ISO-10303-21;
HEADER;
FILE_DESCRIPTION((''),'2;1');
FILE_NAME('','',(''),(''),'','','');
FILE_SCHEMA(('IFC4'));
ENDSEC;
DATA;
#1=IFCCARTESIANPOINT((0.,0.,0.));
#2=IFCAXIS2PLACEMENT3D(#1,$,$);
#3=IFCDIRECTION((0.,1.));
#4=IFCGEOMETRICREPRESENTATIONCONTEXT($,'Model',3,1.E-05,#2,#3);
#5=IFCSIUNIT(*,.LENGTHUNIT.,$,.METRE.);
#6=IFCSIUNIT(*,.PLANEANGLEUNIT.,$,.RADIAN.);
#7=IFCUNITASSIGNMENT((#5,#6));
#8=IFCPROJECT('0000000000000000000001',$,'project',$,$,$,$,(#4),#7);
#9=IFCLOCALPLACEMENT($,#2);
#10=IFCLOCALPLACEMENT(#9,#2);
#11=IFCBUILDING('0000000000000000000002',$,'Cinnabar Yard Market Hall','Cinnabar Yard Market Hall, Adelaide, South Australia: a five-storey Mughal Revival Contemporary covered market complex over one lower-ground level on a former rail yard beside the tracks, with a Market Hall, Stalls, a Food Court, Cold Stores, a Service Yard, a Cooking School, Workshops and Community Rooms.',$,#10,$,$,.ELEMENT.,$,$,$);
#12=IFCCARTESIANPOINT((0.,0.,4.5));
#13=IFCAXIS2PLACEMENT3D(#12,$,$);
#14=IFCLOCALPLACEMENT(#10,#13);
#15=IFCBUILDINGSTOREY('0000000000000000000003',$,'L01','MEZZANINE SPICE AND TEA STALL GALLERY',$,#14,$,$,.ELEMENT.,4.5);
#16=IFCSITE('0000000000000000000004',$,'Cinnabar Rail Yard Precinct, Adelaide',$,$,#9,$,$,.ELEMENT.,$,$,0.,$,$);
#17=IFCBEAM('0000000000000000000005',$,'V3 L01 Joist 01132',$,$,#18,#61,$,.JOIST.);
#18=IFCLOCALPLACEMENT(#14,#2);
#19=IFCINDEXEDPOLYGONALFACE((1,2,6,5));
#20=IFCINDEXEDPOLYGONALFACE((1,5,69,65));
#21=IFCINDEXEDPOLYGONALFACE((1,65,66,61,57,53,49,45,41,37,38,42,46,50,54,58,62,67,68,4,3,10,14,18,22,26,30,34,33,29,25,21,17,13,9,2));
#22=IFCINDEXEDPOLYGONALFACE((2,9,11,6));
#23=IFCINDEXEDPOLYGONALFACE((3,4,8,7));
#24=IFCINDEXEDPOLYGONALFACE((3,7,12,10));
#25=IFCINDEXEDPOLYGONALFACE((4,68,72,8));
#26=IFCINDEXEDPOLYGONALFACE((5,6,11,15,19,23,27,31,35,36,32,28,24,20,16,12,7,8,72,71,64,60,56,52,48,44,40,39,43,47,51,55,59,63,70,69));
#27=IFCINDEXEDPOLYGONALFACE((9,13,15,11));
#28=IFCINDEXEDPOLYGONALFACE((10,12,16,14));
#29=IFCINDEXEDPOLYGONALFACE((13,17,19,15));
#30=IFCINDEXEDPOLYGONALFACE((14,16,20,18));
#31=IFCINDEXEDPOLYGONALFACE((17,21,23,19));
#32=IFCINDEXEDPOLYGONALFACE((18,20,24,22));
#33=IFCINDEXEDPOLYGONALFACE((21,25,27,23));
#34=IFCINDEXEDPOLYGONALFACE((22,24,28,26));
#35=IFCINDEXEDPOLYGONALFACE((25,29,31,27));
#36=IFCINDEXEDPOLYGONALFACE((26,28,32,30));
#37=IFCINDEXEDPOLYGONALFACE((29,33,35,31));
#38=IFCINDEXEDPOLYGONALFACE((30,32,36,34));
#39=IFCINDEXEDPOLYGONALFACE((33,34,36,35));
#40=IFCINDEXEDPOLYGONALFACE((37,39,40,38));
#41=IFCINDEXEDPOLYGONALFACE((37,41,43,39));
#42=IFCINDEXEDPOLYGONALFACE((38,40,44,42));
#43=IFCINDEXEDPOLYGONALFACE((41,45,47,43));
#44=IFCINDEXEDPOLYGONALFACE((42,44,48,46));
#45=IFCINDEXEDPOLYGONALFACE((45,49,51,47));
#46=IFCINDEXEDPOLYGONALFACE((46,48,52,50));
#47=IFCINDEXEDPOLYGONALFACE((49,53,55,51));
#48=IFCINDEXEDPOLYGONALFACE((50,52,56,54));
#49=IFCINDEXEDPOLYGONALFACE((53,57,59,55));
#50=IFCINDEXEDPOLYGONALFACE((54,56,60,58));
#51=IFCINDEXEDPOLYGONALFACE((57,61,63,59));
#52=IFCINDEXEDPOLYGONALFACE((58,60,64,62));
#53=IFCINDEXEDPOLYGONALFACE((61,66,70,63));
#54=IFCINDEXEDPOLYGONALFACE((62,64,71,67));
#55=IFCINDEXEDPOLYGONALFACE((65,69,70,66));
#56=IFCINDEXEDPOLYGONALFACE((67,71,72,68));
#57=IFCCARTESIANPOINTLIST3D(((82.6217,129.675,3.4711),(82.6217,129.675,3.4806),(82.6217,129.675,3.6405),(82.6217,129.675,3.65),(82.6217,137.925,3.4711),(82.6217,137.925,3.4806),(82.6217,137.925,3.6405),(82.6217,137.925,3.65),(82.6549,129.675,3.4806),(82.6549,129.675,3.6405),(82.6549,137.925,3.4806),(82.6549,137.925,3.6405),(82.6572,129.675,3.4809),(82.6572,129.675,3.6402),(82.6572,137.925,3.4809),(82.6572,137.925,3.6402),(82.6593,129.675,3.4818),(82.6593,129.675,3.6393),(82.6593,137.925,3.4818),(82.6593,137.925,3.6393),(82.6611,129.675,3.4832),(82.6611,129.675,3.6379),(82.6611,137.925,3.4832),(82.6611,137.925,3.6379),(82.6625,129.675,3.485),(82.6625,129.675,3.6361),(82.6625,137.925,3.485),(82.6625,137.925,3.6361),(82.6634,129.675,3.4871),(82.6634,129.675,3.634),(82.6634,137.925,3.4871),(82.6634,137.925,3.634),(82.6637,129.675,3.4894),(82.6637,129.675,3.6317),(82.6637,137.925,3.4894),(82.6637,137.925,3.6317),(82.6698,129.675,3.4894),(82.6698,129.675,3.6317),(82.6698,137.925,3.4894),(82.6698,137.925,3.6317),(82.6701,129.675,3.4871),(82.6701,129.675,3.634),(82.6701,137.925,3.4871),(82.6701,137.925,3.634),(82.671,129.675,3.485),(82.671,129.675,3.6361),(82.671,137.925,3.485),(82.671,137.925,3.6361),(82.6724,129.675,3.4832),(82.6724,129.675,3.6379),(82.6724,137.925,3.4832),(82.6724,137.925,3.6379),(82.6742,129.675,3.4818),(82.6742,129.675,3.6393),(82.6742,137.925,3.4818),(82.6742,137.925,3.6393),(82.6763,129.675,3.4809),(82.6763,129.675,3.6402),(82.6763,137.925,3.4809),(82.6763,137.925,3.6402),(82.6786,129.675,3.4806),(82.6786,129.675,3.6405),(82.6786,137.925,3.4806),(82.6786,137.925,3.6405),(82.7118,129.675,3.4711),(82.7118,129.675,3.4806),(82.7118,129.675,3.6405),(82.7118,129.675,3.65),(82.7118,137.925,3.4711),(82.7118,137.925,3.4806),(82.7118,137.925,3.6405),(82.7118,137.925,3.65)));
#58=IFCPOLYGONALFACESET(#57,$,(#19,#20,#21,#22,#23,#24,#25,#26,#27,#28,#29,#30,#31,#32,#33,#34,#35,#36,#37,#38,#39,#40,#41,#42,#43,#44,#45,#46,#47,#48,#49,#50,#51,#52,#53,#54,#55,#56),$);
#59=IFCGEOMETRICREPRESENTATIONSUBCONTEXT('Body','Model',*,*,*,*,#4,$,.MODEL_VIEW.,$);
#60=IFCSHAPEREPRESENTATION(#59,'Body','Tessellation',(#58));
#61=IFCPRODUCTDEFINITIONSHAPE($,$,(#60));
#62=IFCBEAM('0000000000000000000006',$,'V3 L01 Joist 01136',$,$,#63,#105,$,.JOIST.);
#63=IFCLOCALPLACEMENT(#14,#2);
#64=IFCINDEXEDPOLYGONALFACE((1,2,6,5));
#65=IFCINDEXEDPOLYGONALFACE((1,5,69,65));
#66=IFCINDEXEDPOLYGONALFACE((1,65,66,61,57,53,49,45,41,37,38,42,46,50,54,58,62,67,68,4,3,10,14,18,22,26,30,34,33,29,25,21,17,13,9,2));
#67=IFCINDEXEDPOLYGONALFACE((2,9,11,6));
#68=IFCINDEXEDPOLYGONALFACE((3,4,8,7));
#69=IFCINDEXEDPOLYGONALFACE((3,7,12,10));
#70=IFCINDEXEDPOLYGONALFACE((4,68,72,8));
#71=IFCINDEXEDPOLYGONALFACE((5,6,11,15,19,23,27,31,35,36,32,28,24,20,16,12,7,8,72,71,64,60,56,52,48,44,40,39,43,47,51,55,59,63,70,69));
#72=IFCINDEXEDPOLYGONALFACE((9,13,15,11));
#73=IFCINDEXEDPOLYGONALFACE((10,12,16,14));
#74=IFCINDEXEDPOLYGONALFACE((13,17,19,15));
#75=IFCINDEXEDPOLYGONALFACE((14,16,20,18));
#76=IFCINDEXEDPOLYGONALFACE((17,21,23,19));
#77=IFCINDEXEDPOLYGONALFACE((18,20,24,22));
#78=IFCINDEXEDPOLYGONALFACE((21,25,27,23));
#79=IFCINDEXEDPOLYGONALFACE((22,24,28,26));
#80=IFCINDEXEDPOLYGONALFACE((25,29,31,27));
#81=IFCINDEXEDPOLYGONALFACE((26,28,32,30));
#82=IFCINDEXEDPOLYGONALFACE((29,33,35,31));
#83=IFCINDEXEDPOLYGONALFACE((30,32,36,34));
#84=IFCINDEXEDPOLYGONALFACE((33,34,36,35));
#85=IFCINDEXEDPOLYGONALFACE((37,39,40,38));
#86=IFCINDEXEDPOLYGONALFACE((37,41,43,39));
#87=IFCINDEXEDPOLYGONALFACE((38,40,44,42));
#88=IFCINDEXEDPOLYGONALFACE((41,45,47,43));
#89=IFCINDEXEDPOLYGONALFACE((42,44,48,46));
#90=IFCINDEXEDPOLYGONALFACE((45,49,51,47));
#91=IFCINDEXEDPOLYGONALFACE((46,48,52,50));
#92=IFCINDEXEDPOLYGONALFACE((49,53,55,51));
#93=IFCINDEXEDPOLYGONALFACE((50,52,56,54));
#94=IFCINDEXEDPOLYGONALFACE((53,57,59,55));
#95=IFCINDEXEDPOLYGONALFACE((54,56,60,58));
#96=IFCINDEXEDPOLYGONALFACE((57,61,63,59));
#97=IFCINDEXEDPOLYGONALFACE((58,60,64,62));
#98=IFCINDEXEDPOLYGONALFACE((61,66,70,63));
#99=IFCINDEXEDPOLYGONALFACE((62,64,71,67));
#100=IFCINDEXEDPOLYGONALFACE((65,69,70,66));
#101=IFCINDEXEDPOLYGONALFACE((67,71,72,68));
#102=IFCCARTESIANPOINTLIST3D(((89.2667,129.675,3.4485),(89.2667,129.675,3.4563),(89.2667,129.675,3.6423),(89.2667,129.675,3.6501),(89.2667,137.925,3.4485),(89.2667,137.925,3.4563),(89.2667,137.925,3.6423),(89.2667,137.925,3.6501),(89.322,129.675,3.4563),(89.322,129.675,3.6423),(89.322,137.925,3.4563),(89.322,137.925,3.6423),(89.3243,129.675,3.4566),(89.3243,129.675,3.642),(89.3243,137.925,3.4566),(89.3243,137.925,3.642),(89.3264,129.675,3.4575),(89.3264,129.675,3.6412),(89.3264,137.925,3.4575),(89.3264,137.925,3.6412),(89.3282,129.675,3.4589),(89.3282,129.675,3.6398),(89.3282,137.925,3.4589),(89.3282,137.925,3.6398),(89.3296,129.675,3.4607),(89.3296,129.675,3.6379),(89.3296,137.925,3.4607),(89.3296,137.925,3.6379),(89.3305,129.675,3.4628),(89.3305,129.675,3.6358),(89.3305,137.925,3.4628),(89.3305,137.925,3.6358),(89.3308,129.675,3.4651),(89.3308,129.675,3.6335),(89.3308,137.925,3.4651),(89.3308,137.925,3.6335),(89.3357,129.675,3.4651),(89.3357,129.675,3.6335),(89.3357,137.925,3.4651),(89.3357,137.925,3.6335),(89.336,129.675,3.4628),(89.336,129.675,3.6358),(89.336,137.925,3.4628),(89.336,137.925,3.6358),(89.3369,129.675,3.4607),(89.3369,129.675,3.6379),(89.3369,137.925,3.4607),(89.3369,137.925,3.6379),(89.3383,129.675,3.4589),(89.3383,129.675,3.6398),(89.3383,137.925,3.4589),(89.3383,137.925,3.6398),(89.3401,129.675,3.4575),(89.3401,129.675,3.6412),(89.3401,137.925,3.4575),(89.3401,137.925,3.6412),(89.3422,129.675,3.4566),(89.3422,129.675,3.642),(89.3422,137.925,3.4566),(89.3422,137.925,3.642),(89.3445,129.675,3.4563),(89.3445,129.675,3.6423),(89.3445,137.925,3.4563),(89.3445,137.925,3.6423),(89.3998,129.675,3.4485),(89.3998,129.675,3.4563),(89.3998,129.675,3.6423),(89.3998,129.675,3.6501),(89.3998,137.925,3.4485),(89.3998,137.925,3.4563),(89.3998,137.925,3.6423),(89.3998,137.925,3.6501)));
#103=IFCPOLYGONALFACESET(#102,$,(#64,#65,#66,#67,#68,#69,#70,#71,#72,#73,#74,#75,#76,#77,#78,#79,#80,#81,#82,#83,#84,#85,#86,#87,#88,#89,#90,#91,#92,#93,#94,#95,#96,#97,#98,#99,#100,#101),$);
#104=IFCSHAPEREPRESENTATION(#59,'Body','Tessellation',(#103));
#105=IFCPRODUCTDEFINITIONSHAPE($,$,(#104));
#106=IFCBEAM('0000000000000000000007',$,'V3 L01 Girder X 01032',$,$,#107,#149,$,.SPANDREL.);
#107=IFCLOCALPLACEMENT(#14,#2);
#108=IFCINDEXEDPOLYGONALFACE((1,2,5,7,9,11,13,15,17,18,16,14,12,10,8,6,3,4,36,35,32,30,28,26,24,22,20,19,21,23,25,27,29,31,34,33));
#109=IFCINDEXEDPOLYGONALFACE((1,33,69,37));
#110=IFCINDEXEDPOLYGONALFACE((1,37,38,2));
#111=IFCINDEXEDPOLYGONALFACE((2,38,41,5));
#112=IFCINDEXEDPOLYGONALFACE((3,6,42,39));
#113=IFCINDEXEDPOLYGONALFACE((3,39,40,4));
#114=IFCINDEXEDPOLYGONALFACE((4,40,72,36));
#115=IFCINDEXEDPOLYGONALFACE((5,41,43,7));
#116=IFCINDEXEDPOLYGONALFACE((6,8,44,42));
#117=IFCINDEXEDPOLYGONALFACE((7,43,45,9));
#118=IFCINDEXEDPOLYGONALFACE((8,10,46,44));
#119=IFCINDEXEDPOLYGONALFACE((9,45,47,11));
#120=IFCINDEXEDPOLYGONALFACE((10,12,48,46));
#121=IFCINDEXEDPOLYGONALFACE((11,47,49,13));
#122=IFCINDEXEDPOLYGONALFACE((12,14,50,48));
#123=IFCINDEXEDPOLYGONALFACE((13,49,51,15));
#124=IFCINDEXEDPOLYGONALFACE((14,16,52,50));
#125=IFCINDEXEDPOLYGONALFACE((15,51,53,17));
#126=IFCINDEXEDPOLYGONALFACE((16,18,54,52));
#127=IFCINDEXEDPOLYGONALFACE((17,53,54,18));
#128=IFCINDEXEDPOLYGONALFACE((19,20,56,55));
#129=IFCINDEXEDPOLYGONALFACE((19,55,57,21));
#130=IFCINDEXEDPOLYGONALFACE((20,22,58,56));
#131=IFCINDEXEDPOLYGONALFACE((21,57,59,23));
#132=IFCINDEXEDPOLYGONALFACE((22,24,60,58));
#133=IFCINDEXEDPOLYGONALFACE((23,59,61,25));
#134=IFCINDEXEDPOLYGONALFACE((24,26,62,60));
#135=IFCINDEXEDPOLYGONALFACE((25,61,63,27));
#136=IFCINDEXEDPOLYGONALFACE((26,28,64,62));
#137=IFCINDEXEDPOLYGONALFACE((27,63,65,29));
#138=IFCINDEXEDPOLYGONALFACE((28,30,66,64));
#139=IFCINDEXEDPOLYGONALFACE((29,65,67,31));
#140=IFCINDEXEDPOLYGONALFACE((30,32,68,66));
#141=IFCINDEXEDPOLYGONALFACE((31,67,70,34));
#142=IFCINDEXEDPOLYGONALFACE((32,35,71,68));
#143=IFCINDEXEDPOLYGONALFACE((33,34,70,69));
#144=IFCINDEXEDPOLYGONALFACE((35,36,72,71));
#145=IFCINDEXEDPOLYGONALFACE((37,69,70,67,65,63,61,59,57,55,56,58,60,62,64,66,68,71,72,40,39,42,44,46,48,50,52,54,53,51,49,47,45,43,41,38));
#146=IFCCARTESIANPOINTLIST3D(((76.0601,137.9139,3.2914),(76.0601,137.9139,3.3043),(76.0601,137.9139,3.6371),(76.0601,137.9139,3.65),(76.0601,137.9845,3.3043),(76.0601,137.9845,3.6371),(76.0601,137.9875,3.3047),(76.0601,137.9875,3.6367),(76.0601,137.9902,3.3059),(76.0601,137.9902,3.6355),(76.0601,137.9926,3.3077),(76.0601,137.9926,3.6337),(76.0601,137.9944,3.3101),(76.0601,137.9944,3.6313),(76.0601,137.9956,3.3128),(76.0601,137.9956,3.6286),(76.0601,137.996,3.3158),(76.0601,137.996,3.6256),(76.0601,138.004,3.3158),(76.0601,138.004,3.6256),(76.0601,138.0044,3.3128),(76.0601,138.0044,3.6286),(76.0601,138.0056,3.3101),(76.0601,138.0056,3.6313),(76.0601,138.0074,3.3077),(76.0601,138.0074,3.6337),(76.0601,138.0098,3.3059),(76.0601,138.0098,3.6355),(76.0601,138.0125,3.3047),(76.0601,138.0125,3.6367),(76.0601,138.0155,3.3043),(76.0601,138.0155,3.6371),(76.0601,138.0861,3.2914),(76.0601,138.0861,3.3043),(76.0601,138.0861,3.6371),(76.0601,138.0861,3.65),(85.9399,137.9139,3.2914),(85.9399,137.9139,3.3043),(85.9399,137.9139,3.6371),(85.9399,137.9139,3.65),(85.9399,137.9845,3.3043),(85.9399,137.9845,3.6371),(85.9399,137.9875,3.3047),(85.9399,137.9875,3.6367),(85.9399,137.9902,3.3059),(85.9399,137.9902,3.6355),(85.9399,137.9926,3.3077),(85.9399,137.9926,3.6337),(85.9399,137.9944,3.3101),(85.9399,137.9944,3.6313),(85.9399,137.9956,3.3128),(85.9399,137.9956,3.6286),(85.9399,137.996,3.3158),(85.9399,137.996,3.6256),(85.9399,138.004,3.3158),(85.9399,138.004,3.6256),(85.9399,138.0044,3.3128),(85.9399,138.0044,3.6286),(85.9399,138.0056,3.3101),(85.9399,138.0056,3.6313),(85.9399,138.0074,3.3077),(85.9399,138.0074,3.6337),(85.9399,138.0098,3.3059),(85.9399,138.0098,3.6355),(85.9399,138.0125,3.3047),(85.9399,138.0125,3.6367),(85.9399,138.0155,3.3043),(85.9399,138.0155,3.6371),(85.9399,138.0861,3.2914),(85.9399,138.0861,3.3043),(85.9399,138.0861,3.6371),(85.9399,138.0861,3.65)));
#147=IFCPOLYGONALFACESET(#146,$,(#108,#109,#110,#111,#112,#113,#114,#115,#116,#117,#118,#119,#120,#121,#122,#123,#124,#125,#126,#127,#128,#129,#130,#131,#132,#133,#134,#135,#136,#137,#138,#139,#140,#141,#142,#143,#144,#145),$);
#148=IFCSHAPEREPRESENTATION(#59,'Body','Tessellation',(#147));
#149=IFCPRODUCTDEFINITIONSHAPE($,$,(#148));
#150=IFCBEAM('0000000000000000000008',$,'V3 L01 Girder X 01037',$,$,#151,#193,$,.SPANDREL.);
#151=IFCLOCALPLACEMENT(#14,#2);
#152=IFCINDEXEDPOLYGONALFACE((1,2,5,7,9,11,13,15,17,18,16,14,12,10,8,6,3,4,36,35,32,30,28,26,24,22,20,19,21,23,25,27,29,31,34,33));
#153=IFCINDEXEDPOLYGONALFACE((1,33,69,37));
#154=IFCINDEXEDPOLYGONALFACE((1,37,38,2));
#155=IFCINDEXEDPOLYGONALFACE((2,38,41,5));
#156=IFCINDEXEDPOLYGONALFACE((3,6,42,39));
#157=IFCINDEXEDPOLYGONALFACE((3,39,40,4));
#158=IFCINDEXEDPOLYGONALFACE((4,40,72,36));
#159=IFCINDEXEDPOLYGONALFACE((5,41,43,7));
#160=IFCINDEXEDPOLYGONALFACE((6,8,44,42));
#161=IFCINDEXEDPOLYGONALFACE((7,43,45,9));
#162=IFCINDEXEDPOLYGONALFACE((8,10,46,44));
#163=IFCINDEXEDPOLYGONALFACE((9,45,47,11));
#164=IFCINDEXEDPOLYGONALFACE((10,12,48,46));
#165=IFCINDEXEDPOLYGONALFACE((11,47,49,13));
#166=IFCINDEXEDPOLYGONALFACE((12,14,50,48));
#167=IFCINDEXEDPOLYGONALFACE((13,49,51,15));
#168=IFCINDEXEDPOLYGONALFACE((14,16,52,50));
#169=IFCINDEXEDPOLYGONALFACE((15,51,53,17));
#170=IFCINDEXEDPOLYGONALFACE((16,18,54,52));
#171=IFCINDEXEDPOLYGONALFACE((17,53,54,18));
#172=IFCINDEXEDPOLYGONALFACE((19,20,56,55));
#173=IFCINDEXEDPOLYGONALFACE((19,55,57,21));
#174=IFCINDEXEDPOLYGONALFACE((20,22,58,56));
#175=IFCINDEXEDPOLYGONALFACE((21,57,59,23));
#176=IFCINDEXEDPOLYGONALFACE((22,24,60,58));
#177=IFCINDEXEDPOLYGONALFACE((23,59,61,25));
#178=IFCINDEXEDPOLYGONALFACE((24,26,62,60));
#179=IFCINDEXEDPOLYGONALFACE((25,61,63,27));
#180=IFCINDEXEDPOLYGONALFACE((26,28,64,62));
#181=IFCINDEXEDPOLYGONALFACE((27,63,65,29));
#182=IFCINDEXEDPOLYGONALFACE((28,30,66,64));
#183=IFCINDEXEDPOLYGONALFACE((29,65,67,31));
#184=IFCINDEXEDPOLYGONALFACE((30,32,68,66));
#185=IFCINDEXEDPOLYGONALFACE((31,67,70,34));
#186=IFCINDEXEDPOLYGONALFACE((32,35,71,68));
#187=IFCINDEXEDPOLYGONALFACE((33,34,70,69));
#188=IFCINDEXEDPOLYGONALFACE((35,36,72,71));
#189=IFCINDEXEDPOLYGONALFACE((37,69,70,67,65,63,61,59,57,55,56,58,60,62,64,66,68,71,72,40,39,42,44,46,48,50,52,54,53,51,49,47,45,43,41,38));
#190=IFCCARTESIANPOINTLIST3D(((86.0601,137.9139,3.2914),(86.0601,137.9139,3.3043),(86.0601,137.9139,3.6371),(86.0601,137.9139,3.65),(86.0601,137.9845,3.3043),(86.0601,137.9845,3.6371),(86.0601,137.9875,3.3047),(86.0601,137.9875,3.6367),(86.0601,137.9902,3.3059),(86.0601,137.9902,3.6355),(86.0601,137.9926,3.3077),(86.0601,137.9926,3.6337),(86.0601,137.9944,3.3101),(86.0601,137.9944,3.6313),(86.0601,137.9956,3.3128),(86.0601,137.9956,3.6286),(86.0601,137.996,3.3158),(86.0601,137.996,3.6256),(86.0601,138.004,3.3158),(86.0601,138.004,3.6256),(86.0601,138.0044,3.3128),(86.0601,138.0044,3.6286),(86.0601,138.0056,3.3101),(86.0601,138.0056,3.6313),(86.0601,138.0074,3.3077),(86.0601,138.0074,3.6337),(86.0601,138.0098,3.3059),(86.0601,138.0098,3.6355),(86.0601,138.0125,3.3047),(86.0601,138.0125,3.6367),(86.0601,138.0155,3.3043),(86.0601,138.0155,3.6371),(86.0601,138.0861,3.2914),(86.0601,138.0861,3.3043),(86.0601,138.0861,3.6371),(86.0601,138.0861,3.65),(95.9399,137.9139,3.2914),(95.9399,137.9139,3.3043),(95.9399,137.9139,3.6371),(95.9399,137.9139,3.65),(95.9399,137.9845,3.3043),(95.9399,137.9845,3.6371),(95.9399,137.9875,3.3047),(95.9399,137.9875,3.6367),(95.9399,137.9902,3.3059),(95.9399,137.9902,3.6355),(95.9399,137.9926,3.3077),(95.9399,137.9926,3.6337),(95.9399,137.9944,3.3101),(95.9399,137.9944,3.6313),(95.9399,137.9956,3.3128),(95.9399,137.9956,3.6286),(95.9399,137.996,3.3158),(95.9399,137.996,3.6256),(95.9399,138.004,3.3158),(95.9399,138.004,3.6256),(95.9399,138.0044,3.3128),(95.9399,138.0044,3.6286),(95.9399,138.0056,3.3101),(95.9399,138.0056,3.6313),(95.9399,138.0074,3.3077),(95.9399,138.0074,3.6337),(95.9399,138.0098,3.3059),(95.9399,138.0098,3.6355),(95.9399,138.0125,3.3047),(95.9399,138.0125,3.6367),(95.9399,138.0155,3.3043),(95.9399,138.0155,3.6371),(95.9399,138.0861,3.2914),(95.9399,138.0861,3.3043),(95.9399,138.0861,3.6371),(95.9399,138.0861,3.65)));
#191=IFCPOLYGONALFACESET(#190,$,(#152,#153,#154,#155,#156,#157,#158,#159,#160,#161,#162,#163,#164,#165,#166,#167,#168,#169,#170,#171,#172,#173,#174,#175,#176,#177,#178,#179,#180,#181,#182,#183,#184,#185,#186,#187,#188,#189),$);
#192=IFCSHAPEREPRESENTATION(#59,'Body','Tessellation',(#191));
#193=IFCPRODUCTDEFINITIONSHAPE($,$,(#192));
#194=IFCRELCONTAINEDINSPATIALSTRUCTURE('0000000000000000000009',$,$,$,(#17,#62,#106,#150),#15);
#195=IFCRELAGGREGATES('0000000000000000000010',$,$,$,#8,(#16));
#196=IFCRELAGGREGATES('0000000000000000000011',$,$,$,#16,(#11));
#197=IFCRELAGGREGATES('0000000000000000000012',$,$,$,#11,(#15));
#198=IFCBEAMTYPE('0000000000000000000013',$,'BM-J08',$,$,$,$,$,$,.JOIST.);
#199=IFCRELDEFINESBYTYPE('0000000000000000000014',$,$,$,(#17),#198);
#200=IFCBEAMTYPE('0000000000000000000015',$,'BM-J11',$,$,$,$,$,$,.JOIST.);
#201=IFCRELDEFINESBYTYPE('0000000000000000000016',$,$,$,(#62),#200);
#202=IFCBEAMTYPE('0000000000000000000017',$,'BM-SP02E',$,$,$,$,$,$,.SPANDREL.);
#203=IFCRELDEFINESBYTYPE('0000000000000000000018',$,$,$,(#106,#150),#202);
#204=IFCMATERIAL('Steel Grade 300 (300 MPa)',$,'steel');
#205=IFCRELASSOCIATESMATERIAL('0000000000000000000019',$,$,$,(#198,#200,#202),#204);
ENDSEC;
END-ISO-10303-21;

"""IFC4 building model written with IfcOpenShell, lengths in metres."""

from ifc_helpers import new_model, si_unit, direction, frame, origin, origin_2d_with_axis, place, context, subcontext, project, spatial, i_section, extrude, material, material_profile, profile_set, type_object, element, save


model = new_model("IFC4")

# Units and contexts
model_context = context("Model", 3, precision=1e-05, world=origin(), true_north=direction((0.0, 1.0)))
body_context = subcontext(model_context, "Body", "Model", "MODEL_VIEW")
ifc_project = project(units=[si_unit("LENGTHUNIT", "METRE"), si_unit("PLANEANGLEUNIT", "RADIAN")], contexts=[model_context])

# Site, building, storey
site_placement = place(None, origin())
site = spatial("IfcSite", under=ifc_project, at=site_placement, Name="Cinnabar Rail Yard Precinct, Adelaide", CompositionType="ELEMENT", RefElevation=0.0)
building_placement = place(site_placement, origin())
building = spatial("IfcBuilding", under=site, at=building_placement, Name="Cinnabar Yard Market Hall", Description="Cinnabar Yard Market Hall, Adelaide, South Australia: a five-storey Mughal Revival Contemporary covered market complex over one lower-ground level on a former rail yard beside the tracks, with a Market Hall, Stalls, a Food Court, Cold Stores, a Service Yard, a Cooking School, Workshops and Community Rooms.", CompositionType="ELEMENT")
storey_placement = place(building_placement, frame((0.0, 0.0, 4.5)))
storey = spatial("IfcBuildingStorey", under=building, at=storey_placement, Name="L01", Description="MEZZANINE SPICE AND TEA STALL GALLERY", CompositionType="ELEMENT", Elevation=4.5)

# Shared definitions
ifc_material_1 = material(Name="Steel Grade 300 (300 MPa)", Category="steel")

# Beams
ifc_material_profile_1 = material_profile(ifc_material_1, i_section(OverallWidth=0.0901, OverallDepth=0.179, WebThickness=0.0061, FlangeThickness=0.0095, FilletRadius=0.0088, at=origin_2d_with_axis()), Name="180UB22.2")
ifc_profile_set_1 = profile_set([ifc_material_profile_1], Name="Steel Grade 300 (300 MPa)")
beam_type_1 = type_object("IfcBeamType", Name="BM-J08", PredefinedType="JOIST", material=ifc_profile_set_1)
for number, where, z_axis, x_axis, name in (
    (1, (82.6667, 129.675, 3.5605), (0.0, 1.0, 0.0), (-1.0, 0.0, 0.0), "V3 L01 Joist 01132"),
):
    element("IfcBeam", number, at=place(storey_placement, frame(where, z_axis=z_axis, x_axis=x_axis)), inside=storey, type_object=beam_type_1, Name=name, PredefinedType="JOIST", context=body_context, shape_type="SweptSolid", body=[
        extrude(i_section(OverallWidth=0.0901, OverallDepth=0.179, WebThickness=0.0061, FlangeThickness=0.0095, FilletRadius=0.0088, at=origin_2d_with_axis()), origin(), (0.0, 0.0, 1.0), 8.25),
    ])
ifc_material_profile_2 = material_profile(ifc_material_1, i_section(OverallWidth=0.1331, OverallDepth=0.2017, WebThickness=0.0049, FlangeThickness=0.0078, FilletRadius=0.0088, at=origin_2d_with_axis()), Name="200UB22.3")
ifc_profile_set_2 = profile_set([ifc_material_profile_2], Name="Steel Grade 300 (300 MPa)")
beam_type_2 = type_object("IfcBeamType", Name="BM-J11", PredefinedType="JOIST", material=ifc_profile_set_2)
beam_1_placement = place(storey_placement, frame((89.3333, 129.675, 3.5493), z_axis=(0.0, 1.0, 0.0), x_axis=(-1.0, 0.0, 0.0)))
element("IfcBeam", 2, at=beam_1_placement, inside=storey, type_object=beam_type_2, Name="V3 L01 Joist 01136", PredefinedType="JOIST", context=body_context, shape_type="SweptSolid", body=[
    extrude(i_section(OverallWidth=0.1331, OverallDepth=0.2017, WebThickness=0.0049, FlangeThickness=0.0078, FilletRadius=0.0088, at=origin_2d_with_axis()), origin(), (0.0, 0.0, 1.0), 8.25),
])
ifc_material_profile_3 = material_profile(ifc_material_1, i_section(OverallWidth=0.1721, OverallDepth=0.3586, WebThickness=0.0081, FlangeThickness=0.0129, FilletRadius=0.0115, at=origin_2d_with_axis()), Name="360UB56.7")
ifc_profile_set_3 = profile_set([ifc_material_profile_3], Name="Steel Grade 300 (300 MPa)")
beam_type_3 = type_object("IfcBeamType", Name="BM-SP02E", PredefinedType="SPANDREL", material=ifc_profile_set_3)
for number, where, z_axis, x_axis, name in (
    (3, (76.0601, 138.0, 3.4707), (1.0, 0.0, 0.0), (0.0, 1.0, 0.0), "V3 L01 Girder X 01032"),
    (4, (86.0601, 138.0, 3.4707), (1.0, 0.0, 0.0), (0.0, 1.0, 0.0), "V3 L01 Girder X 01037"),
):
    element("IfcBeam", number, at=place(storey_placement, frame(where, z_axis=z_axis, x_axis=x_axis)), inside=storey, type_object=beam_type_3, Name=name, PredefinedType="SPANDREL", context=body_context, shape_type="SweptSolid", body=[
        extrude(i_section(OverallWidth=0.1721, OverallDepth=0.3586, WebThickness=0.0081, FlangeThickness=0.0129, FilletRadius=0.0115, at=origin_2d_with_axis()), origin(), (0.0, 0.0, 1.0), 9.8799),
    ])

save(model, "model.ifc")
